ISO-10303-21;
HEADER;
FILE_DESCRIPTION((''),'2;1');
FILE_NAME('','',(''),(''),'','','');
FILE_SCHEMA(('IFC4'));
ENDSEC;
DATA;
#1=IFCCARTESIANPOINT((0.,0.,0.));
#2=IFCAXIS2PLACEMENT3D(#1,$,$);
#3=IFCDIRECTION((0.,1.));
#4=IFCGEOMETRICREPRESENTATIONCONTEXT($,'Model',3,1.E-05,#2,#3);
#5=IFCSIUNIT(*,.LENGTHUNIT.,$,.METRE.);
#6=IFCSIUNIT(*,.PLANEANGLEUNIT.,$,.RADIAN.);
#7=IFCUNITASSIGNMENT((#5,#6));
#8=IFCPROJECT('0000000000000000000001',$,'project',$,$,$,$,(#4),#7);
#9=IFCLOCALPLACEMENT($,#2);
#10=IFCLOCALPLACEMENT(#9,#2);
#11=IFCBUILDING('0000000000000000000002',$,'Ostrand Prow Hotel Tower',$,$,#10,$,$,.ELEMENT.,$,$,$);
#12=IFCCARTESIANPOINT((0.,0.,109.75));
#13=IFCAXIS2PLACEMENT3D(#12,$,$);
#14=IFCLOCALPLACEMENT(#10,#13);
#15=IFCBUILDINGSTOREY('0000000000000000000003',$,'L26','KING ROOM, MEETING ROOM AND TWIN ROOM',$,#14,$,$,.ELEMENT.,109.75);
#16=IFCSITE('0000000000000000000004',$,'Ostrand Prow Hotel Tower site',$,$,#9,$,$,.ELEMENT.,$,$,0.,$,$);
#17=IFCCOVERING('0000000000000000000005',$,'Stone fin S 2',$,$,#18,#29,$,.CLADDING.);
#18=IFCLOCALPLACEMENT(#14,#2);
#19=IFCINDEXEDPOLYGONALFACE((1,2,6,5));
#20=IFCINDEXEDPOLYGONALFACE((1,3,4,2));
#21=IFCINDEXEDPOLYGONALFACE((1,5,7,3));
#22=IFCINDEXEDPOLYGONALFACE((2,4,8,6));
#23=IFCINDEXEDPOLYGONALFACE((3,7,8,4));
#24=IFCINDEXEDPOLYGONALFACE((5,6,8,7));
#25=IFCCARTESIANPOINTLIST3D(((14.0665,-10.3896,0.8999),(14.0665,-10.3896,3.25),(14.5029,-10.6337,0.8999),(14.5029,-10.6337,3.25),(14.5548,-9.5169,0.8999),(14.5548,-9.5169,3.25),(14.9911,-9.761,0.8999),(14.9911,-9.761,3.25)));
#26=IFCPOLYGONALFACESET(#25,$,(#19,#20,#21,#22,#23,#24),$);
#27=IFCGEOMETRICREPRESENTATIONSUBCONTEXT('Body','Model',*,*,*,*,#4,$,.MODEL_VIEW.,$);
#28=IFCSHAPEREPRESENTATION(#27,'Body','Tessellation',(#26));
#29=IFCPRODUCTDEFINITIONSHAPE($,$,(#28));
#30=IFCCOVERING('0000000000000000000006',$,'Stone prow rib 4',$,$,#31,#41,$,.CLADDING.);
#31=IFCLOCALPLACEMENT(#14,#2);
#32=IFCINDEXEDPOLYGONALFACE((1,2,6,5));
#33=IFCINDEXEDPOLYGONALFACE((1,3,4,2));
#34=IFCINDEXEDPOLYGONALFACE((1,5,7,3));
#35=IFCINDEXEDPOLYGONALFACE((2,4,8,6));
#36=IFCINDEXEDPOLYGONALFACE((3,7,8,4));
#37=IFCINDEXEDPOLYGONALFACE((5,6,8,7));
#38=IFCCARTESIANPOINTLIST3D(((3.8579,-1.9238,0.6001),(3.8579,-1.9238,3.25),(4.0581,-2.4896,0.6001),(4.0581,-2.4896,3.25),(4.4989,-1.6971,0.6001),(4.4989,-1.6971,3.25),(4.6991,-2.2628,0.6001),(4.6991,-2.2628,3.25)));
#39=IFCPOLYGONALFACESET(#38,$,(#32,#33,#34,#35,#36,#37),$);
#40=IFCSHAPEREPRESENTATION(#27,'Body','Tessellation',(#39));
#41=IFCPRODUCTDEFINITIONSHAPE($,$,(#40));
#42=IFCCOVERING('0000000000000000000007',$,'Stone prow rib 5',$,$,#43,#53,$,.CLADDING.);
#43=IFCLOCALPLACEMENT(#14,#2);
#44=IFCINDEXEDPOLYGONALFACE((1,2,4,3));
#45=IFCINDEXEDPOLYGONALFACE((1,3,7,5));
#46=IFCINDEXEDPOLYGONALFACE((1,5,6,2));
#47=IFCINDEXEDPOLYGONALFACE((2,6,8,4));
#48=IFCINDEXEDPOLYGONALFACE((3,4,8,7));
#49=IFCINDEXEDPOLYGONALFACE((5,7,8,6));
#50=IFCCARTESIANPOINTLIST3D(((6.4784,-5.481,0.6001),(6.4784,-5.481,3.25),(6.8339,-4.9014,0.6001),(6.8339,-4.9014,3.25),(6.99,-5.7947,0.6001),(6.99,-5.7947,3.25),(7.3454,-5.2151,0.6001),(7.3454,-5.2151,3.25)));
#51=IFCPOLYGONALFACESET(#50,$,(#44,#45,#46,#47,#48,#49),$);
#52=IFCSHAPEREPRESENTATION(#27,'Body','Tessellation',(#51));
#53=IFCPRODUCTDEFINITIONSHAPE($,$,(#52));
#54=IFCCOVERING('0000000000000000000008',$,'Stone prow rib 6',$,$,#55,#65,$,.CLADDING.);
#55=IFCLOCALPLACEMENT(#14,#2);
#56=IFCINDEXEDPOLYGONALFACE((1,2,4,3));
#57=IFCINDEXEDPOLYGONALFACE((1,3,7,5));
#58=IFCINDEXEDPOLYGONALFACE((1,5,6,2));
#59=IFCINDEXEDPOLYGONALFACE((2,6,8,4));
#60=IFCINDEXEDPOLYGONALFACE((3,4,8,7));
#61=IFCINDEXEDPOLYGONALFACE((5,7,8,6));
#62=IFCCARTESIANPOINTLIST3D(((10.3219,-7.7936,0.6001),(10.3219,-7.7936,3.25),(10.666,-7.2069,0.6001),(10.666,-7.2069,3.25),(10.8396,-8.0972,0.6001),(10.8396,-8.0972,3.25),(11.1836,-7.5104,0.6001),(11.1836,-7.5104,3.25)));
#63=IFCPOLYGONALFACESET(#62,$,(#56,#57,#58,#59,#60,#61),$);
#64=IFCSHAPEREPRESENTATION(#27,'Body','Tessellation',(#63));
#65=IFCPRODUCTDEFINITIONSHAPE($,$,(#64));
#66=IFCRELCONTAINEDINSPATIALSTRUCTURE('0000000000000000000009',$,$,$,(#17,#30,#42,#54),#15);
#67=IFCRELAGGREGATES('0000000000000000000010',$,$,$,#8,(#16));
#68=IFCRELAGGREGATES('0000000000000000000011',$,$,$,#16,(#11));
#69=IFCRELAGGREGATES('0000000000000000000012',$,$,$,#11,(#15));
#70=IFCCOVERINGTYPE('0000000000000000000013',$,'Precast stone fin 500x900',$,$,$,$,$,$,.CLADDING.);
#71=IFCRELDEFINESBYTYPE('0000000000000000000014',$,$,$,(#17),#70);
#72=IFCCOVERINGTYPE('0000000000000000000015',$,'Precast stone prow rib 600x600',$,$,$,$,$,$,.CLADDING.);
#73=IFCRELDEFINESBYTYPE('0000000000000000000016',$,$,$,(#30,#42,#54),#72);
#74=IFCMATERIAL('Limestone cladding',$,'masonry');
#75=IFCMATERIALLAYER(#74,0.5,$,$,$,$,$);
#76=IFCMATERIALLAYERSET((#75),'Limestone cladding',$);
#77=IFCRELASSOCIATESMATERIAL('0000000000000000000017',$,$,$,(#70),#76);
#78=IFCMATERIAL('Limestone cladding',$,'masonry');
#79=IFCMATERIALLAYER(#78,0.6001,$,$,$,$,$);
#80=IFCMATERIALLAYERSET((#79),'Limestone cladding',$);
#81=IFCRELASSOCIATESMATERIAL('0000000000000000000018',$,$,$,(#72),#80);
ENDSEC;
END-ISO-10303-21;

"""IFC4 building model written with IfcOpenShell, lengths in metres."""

from ifc_helpers import new_model, si_unit, direction, frame, frame_2d, origin, place, context, subcontext, project, spatial, rectangle, extrude, material, layer, layer_set, type_object, element, save


model = new_model("IFC4")

# Units and contexts
model_context = context("Model", 3, precision=1e-05, world=origin(), true_north=direction((0.0, 1.0)))
body_context = subcontext(model_context, "Body", "Model", "MODEL_VIEW")
ifc_project = project(units=[si_unit("LENGTHUNIT", "METRE"), si_unit("PLANEANGLEUNIT", "RADIAN")], contexts=[model_context])

# Site, building, storey
site_placement = place(None, origin())
site = spatial("IfcSite", under=ifc_project, at=site_placement, Name="Ostrand Prow Hotel Tower site", CompositionType="ELEMENT", RefElevation=0.0)
building_placement = place(site_placement, origin())
building = spatial("IfcBuilding", under=site, at=building_placement, Name="Ostrand Prow Hotel Tower", CompositionType="ELEMENT")
storey_placement = place(building_placement, frame((0.0, 0.0, 109.75)))
storey = spatial("IfcBuildingStorey", under=building, at=storey_placement, Name="L26", Description="KING ROOM, MEETING ROOM AND TWIN ROOM", CompositionType="ELEMENT", Elevation=109.75)

# Coverings
ifc_material_1 = material(Name="Limestone cladding", Category="masonry")
ifc_layer_1 = layer(ifc_material_1, 0.5)
ifc_layer_set_1 = layer_set([ifc_layer_1], Name="Limestone cladding")
covering_type_1 = type_object("IfcCoveringType", Name="Precast stone fin 500x900", PredefinedType="CLADDING", material=ifc_layer_set_1)
covering_1_placement = place(storey_placement, frame((14.7729, -9.6389, 0.8999), z_axis=(0.0, 0.0, 1.0), x_axis=(-0.488232, -0.872714, 0.0)))
element("IfcCovering", 1, at=covering_1_placement, inside=storey, type_object=covering_type_1, Name="Stone fin S 2", PredefinedType="CLADDING", context=body_context, shape_type="SweptSolid", body=[
    extrude(rectangle(XDim=1.0, YDim=0.5, at=frame_2d((0.5, 0.0))), origin(), (0.0, 0.0, 1.0), 2.3501),
])
ifc_material_2 = material(Name="Limestone cladding", Category="masonry")
ifc_layer_2 = layer(ifc_material_2, 0.6001)
ifc_layer_set_2 = layer_set([ifc_layer_2], Name="Limestone cladding")
covering_type_2 = type_object("IfcCoveringType", Name="Precast stone prow rib 600x600", PredefinedType="CLADDING", material=ifc_layer_set_2)
for number, where, z_axis, x_axis, name in (
    (2, (4.5989, -1.98, 0.6001), (0.0, 0.0, 1.0), (-0.942745, -0.333515, 0.0), "Stone prow rib 4"),
    (3, (7.0896, -5.0583, 0.6001), (0.0, 0.0, 1.0), (-0.522815, -0.852446, 0.0), "Stone prow rib 5"),
):
    element("IfcCovering", number, at=place(storey_placement, frame(where, z_axis=z_axis, x_axis=x_axis)), inside=storey, type_object=covering_type_2, Name=name, PredefinedType="CLADDING", context=body_context, shape_type="SweptSolid", body=[
        extrude(rectangle(XDim=0.6799, YDim=0.6001, at=frame_2d((0.3398, 0.0))), origin(), (0.0, 0.0, 1.0), 2.6499),
    ])
covering_2_placement = place(storey_placement, frame((10.9248, -7.3586, 0.6001), z_axis=(0.0, 0.0, 1.0), x_axis=(-0.505812, -0.862644, 0.0)))
element("IfcCovering", 4, at=covering_2_placement, inside=storey, type_object=covering_type_2, Name="Stone prow rib 6", PredefinedType="CLADDING", context=body_context, shape_type="SweptSolid", body=[
    extrude(rectangle(XDim=0.6802, YDim=0.6001, at=frame_2d((0.3401, 0.0))), origin(), (0.0, 0.0, 1.0), 2.6499),
])

save(model, "model.ifc")
